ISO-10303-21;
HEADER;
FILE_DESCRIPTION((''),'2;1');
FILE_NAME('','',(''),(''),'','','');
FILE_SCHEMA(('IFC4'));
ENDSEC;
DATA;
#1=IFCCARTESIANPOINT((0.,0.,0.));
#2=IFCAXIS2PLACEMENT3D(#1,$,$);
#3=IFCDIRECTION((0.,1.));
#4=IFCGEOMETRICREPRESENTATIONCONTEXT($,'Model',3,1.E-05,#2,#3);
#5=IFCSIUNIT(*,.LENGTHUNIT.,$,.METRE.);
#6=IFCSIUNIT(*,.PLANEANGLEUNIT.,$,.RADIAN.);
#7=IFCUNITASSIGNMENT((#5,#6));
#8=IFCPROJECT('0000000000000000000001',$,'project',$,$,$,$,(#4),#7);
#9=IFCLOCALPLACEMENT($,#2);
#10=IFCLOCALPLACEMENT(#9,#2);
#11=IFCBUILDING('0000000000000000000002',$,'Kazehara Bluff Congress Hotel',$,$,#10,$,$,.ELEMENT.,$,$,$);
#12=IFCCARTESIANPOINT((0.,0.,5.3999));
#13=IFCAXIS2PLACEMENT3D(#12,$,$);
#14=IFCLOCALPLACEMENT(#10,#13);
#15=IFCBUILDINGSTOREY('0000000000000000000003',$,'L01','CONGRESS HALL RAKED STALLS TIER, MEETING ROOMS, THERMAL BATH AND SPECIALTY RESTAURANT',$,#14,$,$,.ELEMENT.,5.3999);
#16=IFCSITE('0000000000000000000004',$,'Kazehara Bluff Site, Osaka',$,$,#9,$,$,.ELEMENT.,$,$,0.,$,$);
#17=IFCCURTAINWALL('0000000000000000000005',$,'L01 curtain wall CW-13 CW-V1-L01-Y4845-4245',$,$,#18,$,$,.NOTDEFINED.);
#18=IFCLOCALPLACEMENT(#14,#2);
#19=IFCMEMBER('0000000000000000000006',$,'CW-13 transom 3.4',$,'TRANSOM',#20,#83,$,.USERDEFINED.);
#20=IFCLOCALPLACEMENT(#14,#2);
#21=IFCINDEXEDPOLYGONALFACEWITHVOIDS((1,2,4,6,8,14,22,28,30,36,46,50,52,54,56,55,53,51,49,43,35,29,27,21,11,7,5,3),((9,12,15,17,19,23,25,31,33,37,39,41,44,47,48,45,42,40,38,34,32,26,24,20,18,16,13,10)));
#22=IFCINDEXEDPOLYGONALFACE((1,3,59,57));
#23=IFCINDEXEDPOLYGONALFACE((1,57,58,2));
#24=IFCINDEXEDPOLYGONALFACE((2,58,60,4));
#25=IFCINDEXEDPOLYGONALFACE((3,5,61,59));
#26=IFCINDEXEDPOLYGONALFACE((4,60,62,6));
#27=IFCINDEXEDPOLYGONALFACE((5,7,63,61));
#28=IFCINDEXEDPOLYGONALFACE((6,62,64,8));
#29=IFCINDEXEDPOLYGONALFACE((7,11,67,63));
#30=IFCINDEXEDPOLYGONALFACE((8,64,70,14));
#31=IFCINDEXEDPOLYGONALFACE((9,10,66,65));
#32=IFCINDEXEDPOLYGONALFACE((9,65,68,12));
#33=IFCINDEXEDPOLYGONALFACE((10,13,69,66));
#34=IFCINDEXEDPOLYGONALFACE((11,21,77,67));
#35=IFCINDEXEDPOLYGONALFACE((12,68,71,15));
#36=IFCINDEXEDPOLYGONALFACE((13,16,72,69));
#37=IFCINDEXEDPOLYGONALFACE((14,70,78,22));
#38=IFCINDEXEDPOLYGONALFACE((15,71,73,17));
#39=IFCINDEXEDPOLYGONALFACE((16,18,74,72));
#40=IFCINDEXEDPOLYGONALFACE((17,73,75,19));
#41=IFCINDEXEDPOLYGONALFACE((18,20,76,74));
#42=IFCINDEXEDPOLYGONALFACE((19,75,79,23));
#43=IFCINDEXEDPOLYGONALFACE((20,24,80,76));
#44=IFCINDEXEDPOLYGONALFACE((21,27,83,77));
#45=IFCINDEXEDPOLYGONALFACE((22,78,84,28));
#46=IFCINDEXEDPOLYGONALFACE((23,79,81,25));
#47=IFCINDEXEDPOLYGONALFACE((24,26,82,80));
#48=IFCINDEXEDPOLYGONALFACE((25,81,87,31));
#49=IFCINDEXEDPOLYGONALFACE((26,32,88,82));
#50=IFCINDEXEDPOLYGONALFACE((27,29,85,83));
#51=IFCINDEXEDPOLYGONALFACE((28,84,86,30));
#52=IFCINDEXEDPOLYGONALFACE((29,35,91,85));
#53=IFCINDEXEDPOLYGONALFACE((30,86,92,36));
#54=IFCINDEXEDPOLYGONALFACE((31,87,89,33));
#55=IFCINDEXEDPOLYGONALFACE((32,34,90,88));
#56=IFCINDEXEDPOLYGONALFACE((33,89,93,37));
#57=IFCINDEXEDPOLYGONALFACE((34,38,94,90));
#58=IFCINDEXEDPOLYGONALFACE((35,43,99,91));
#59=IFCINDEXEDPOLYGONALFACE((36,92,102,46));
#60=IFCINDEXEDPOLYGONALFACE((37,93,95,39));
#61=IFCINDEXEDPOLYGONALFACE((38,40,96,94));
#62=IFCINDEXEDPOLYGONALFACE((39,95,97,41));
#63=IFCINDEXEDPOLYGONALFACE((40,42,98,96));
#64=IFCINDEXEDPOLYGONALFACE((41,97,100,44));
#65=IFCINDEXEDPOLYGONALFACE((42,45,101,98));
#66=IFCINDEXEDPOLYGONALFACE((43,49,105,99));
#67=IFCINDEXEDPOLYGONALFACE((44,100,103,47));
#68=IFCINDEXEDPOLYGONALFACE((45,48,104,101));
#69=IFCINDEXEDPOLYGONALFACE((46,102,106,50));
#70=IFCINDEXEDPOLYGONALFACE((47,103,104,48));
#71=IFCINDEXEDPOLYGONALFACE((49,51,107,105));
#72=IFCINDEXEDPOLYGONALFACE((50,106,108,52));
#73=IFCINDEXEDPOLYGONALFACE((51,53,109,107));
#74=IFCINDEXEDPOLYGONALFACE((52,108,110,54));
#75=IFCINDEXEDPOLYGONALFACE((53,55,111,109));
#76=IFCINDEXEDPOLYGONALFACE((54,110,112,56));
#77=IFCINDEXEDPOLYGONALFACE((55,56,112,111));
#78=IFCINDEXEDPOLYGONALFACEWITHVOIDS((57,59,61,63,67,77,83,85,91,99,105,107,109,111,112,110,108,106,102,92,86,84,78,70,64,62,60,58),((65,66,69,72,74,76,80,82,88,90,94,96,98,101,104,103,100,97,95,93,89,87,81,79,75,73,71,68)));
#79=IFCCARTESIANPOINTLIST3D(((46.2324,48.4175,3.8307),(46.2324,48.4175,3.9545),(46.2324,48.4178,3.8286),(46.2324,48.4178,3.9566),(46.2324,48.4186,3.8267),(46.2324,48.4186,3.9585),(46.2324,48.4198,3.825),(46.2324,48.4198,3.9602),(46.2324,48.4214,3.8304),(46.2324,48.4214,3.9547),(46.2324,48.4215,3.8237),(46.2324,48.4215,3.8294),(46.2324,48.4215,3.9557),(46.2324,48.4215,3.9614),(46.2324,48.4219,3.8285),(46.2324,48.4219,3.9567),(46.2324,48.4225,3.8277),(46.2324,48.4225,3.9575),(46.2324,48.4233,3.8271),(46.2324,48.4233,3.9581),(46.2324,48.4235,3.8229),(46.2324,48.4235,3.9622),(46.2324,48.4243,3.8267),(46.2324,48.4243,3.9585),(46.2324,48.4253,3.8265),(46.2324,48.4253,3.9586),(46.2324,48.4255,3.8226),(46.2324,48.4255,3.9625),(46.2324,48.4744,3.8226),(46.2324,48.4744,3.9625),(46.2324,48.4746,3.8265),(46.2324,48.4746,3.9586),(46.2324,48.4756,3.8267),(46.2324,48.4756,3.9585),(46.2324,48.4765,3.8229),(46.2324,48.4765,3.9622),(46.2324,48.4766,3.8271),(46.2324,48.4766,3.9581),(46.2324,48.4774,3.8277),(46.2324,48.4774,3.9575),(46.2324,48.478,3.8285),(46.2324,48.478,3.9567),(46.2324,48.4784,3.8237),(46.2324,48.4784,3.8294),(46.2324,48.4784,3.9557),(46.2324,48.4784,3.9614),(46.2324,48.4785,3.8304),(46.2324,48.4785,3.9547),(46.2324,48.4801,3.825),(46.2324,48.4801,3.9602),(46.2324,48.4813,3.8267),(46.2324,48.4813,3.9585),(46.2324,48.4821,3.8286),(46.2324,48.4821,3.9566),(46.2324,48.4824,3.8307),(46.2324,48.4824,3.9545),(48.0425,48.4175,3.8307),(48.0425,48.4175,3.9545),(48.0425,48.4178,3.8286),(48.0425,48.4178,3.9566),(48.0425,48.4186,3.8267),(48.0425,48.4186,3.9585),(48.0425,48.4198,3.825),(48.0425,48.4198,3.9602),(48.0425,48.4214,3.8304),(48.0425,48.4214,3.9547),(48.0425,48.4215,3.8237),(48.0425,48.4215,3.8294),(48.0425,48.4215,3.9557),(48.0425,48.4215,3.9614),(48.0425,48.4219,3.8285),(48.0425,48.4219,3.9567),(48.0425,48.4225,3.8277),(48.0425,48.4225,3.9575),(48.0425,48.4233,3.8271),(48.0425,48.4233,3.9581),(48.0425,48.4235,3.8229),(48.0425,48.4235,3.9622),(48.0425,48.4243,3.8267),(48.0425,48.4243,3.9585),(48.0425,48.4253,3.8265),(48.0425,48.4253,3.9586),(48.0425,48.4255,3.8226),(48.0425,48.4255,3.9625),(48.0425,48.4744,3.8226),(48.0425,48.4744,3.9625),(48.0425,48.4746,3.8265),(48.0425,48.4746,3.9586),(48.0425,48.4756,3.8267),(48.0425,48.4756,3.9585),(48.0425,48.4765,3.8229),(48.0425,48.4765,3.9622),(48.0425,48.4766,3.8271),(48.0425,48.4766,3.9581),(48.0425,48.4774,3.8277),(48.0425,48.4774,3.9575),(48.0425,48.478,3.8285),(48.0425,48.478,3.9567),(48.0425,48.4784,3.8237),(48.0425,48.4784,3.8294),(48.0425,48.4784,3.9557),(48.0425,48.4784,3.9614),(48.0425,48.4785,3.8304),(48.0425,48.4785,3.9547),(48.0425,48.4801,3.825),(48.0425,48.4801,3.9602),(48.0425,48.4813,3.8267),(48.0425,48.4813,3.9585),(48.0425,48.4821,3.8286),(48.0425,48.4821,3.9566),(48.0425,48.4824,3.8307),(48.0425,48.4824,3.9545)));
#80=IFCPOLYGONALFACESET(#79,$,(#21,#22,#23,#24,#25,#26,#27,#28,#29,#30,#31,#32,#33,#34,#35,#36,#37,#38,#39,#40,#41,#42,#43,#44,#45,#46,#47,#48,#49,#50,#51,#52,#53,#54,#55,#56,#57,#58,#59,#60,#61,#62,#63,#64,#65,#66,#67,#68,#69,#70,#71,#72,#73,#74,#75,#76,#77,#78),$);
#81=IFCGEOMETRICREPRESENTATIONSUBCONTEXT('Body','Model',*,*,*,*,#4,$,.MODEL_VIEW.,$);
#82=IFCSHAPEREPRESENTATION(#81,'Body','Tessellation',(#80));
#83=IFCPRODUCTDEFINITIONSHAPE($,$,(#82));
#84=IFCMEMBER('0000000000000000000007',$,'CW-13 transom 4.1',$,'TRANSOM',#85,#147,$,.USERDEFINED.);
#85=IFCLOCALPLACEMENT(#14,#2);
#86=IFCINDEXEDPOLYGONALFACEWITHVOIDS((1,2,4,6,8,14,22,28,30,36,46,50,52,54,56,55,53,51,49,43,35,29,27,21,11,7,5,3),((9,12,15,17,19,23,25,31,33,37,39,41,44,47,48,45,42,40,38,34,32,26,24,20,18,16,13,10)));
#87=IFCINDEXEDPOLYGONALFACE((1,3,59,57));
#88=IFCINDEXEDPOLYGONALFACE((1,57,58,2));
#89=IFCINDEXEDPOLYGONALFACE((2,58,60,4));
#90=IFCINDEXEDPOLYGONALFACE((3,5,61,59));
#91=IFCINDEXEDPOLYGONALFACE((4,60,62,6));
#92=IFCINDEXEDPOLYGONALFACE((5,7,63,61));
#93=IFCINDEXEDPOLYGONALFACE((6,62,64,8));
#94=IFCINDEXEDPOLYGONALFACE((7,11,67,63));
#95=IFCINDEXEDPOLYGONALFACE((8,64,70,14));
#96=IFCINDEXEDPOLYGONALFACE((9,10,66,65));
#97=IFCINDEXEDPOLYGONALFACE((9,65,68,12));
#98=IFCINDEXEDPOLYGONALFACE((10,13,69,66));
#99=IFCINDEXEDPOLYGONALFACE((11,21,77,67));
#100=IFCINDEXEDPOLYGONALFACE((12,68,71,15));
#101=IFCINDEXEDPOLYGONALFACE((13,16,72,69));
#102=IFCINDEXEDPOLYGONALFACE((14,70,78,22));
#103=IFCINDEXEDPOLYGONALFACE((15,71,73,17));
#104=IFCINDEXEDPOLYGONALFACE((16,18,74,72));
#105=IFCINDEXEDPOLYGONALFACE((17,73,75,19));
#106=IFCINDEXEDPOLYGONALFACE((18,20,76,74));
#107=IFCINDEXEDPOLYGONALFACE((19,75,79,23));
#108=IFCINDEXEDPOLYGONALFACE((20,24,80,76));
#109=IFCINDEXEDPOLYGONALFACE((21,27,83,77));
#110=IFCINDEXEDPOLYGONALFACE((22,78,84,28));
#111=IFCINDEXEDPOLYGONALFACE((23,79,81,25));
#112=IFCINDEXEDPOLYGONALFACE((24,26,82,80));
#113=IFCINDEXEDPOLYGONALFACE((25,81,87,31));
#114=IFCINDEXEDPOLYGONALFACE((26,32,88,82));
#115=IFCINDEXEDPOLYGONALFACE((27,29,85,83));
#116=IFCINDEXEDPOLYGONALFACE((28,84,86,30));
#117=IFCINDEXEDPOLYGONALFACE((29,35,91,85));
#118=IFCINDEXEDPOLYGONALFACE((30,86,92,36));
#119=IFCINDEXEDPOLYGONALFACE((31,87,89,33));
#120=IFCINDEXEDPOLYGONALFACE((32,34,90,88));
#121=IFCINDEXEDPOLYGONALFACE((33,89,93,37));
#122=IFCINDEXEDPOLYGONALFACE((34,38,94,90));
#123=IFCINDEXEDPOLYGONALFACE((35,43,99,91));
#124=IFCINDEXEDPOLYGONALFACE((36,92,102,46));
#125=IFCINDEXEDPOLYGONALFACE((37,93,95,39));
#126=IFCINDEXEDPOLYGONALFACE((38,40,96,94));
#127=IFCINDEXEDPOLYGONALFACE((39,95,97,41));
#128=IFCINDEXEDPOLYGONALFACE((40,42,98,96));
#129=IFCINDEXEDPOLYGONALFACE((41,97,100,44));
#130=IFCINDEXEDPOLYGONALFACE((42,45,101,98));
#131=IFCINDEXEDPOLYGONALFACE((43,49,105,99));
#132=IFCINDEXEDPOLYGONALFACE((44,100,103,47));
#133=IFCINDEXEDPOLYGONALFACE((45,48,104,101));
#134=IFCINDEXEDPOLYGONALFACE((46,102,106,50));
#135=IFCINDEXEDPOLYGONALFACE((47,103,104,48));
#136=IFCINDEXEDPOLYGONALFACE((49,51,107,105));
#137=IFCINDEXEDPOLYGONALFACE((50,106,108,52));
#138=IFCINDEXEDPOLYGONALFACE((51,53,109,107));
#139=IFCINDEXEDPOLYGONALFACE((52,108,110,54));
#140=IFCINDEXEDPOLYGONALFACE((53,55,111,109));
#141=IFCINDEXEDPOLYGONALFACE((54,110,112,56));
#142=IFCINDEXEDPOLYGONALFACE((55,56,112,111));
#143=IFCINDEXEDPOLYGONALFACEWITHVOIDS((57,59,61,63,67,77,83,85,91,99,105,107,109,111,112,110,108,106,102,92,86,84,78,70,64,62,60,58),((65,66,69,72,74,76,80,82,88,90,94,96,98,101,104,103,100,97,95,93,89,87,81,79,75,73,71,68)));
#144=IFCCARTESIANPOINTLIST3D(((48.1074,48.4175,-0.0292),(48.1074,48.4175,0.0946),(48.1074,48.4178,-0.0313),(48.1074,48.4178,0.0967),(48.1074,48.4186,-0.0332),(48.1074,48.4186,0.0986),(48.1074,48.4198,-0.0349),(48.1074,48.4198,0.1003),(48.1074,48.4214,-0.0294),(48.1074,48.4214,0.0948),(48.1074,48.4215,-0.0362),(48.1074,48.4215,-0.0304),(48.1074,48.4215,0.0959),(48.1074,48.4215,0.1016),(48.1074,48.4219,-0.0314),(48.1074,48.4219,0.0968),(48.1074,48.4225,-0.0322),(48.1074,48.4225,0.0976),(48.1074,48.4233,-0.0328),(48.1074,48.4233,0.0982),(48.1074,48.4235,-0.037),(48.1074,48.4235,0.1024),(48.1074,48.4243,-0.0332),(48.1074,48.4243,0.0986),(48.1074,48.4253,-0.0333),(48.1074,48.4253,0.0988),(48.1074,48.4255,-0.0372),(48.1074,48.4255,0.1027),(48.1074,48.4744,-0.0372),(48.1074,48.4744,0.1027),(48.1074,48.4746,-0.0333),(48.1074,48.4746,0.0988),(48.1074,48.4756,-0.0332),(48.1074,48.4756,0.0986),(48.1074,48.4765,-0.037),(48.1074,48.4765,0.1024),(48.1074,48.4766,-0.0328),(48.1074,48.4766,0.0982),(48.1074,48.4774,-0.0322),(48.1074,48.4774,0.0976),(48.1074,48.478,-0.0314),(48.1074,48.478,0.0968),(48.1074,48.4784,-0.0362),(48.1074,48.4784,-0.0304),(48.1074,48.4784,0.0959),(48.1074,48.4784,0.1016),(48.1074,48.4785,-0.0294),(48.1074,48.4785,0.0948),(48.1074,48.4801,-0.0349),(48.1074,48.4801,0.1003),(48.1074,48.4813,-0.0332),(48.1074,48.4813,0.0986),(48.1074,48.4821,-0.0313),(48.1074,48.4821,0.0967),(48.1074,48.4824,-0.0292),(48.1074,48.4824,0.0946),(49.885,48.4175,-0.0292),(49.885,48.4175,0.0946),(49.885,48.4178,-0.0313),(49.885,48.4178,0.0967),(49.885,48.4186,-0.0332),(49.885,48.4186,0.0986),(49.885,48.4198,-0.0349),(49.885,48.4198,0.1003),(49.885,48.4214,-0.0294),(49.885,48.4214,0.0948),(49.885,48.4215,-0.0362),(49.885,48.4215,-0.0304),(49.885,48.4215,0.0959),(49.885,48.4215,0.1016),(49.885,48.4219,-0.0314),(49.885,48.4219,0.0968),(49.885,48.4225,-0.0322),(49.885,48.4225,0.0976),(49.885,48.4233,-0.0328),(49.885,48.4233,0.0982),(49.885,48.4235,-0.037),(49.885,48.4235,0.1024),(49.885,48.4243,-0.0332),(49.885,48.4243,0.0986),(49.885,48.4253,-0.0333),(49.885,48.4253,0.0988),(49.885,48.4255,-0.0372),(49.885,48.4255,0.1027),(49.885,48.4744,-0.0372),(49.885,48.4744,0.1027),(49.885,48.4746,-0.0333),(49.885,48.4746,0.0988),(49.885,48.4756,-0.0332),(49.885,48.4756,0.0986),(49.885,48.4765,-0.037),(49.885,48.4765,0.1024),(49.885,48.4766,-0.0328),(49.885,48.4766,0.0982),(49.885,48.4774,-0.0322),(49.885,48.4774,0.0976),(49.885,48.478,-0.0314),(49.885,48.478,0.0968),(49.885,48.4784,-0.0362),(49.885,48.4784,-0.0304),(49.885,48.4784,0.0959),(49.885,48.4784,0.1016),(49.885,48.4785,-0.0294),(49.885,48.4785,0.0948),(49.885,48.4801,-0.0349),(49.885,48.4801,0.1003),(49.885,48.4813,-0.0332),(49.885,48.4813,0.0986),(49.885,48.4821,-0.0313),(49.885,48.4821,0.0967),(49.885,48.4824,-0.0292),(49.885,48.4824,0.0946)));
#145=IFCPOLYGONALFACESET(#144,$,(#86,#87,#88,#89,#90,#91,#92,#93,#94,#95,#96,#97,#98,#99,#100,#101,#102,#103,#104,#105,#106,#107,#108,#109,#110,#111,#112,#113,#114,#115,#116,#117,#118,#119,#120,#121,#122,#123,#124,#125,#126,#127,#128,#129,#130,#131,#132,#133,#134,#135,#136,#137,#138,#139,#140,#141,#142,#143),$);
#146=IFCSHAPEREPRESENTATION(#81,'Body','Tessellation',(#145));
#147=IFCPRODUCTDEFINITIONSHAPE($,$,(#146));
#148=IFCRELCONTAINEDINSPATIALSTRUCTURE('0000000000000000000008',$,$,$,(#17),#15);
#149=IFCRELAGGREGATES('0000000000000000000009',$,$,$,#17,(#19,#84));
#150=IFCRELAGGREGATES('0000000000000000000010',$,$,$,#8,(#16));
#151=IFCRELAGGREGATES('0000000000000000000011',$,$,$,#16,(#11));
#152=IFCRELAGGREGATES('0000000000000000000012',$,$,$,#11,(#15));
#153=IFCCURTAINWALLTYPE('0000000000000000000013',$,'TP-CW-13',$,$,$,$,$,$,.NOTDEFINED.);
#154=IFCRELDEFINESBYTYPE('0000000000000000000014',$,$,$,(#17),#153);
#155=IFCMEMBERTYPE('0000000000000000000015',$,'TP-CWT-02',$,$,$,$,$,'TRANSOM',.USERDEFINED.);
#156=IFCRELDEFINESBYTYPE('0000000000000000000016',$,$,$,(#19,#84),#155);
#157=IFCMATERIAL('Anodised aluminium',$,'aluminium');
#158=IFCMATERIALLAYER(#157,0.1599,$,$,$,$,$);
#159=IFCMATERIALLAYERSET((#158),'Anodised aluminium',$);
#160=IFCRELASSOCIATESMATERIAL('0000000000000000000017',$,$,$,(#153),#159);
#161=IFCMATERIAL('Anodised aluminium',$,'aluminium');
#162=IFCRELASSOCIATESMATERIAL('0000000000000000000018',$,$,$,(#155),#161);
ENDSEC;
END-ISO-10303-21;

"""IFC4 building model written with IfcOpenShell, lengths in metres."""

from ifc_helpers import new_model, si_unit, direction, frame, origin, origin_2d, place, context, subcontext, project, spatial, hollow_rectangle, extrude, material, layer, layer_set, material_profile, profile_set, type_object, element, aggregate, save


model = new_model("IFC4")

# Units and contexts
model_context = context("Model", 3, precision=1e-05, world=origin(), true_north=direction((0.0, 1.0)))
body_context = subcontext(model_context, "Body", "Model", "MODEL_VIEW")
ifc_project = project(units=[si_unit("LENGTHUNIT", "METRE"), si_unit("PLANEANGLEUNIT", "RADIAN")], contexts=[model_context])

# Site, building, storey
site_placement = place(None, origin())
site = spatial("IfcSite", under=ifc_project, at=site_placement, Name="Kazehara Bluff Site, Osaka", CompositionType="ELEMENT", RefElevation=0.0)
building_placement = place(site_placement, origin())
building = spatial("IfcBuilding", under=site, at=building_placement, Name="Kazehara Bluff Congress Hotel", CompositionType="ELEMENT")
storey_placement = place(building_placement, frame((0.0, 0.0, 5.3999)))
storey = spatial("IfcBuildingStorey", under=building, at=storey_placement, Name="L01", Description="CONGRESS HALL RAKED STALLS TIER, MEETING ROOMS, THERMAL BATH AND SPECIALTY RESTAURANT", CompositionType="ELEMENT", Elevation=5.3999)

# Curtain wall, members
ifc_material_1 = material(Name="Anodised aluminium", Category="aluminium")
ifc_layer_1 = layer(ifc_material_1, 0.1599)
ifc_layer_set_1 = layer_set([ifc_layer_1], Name="Anodised aluminium")
curtain_wall_type = type_object("IfcCurtainWallType", Name="TP-CW-13", PredefinedType="NOTDEFINED", material=ifc_layer_set_1)
curtain_wall_placement = place(storey_placement, origin())
curtain_wall = element("IfcCurtainWall", 1, at=curtain_wall_placement, inside=storey, type_object=curtain_wall_type, Name="L01 curtain wall CW-13 CW-V1-L01-Y4845-4245", PredefinedType="NOTDEFINED")
ifc_material_2 = material(Name="Anodised aluminium", Category="aluminium")
ifc_material_profile_1 = material_profile(ifc_material_2, hollow_rectangle(XDim=0.0649, YDim=0.1399, WallThickness=0.0039, InnerFilletRadius=0.0039, OuterFilletRadius=0.0081, at=origin_2d()))
ifc_profile_set_1 = profile_set([ifc_material_profile_1], Name="Anodised aluminium")
member_type_1 = type_object("IfcMemberType", Name="TP-CWT-02", ElementType="TRANSOM", PredefinedType="USERDEFINED", material=ifc_profile_set_1)
member_1_placement = place(storey_placement, frame((46.2324, 48.45, 3.8926), z_axis=(1.0, 0.0, 0.0), x_axis=(0.0, 1.0, 0.0)))
member_1 = element("IfcMember", 2, at=member_1_placement, type_object=member_type_1, Name="CW-13 transom 3.4", ObjectType="TRANSOM", PredefinedType="USERDEFINED", context=body_context, shape_type="SweptSolid", body=[
    extrude(hollow_rectangle(XDim=0.0649, YDim=0.1399, WallThickness=0.0039, InnerFilletRadius=0.0039, OuterFilletRadius=0.0081, at=origin_2d()), origin(), (0.0, 0.0, 1.0), 1.8101),
])
member_2_placement = place(storey_placement, frame((48.1074, 48.45, 0.0327), z_axis=(1.0, 0.0, 0.0), x_axis=(0.0, 1.0, 0.0)))
member_2 = element("IfcMember", 3, at=member_2_placement, type_object=member_type_1, Name="CW-13 transom 4.1", ObjectType="TRANSOM", PredefinedType="USERDEFINED", context=body_context, shape_type="SweptSolid", body=[
    extrude(hollow_rectangle(XDim=0.0649, YDim=0.1399, WallThickness=0.0039, InnerFilletRadius=0.0039, OuterFilletRadius=0.0081, at=origin_2d()), origin(), (0.0, 0.0, 1.0), 1.7776),
])
aggregate(curtain_wall, [member_1, member_2])

save(model, "model.ifc")
